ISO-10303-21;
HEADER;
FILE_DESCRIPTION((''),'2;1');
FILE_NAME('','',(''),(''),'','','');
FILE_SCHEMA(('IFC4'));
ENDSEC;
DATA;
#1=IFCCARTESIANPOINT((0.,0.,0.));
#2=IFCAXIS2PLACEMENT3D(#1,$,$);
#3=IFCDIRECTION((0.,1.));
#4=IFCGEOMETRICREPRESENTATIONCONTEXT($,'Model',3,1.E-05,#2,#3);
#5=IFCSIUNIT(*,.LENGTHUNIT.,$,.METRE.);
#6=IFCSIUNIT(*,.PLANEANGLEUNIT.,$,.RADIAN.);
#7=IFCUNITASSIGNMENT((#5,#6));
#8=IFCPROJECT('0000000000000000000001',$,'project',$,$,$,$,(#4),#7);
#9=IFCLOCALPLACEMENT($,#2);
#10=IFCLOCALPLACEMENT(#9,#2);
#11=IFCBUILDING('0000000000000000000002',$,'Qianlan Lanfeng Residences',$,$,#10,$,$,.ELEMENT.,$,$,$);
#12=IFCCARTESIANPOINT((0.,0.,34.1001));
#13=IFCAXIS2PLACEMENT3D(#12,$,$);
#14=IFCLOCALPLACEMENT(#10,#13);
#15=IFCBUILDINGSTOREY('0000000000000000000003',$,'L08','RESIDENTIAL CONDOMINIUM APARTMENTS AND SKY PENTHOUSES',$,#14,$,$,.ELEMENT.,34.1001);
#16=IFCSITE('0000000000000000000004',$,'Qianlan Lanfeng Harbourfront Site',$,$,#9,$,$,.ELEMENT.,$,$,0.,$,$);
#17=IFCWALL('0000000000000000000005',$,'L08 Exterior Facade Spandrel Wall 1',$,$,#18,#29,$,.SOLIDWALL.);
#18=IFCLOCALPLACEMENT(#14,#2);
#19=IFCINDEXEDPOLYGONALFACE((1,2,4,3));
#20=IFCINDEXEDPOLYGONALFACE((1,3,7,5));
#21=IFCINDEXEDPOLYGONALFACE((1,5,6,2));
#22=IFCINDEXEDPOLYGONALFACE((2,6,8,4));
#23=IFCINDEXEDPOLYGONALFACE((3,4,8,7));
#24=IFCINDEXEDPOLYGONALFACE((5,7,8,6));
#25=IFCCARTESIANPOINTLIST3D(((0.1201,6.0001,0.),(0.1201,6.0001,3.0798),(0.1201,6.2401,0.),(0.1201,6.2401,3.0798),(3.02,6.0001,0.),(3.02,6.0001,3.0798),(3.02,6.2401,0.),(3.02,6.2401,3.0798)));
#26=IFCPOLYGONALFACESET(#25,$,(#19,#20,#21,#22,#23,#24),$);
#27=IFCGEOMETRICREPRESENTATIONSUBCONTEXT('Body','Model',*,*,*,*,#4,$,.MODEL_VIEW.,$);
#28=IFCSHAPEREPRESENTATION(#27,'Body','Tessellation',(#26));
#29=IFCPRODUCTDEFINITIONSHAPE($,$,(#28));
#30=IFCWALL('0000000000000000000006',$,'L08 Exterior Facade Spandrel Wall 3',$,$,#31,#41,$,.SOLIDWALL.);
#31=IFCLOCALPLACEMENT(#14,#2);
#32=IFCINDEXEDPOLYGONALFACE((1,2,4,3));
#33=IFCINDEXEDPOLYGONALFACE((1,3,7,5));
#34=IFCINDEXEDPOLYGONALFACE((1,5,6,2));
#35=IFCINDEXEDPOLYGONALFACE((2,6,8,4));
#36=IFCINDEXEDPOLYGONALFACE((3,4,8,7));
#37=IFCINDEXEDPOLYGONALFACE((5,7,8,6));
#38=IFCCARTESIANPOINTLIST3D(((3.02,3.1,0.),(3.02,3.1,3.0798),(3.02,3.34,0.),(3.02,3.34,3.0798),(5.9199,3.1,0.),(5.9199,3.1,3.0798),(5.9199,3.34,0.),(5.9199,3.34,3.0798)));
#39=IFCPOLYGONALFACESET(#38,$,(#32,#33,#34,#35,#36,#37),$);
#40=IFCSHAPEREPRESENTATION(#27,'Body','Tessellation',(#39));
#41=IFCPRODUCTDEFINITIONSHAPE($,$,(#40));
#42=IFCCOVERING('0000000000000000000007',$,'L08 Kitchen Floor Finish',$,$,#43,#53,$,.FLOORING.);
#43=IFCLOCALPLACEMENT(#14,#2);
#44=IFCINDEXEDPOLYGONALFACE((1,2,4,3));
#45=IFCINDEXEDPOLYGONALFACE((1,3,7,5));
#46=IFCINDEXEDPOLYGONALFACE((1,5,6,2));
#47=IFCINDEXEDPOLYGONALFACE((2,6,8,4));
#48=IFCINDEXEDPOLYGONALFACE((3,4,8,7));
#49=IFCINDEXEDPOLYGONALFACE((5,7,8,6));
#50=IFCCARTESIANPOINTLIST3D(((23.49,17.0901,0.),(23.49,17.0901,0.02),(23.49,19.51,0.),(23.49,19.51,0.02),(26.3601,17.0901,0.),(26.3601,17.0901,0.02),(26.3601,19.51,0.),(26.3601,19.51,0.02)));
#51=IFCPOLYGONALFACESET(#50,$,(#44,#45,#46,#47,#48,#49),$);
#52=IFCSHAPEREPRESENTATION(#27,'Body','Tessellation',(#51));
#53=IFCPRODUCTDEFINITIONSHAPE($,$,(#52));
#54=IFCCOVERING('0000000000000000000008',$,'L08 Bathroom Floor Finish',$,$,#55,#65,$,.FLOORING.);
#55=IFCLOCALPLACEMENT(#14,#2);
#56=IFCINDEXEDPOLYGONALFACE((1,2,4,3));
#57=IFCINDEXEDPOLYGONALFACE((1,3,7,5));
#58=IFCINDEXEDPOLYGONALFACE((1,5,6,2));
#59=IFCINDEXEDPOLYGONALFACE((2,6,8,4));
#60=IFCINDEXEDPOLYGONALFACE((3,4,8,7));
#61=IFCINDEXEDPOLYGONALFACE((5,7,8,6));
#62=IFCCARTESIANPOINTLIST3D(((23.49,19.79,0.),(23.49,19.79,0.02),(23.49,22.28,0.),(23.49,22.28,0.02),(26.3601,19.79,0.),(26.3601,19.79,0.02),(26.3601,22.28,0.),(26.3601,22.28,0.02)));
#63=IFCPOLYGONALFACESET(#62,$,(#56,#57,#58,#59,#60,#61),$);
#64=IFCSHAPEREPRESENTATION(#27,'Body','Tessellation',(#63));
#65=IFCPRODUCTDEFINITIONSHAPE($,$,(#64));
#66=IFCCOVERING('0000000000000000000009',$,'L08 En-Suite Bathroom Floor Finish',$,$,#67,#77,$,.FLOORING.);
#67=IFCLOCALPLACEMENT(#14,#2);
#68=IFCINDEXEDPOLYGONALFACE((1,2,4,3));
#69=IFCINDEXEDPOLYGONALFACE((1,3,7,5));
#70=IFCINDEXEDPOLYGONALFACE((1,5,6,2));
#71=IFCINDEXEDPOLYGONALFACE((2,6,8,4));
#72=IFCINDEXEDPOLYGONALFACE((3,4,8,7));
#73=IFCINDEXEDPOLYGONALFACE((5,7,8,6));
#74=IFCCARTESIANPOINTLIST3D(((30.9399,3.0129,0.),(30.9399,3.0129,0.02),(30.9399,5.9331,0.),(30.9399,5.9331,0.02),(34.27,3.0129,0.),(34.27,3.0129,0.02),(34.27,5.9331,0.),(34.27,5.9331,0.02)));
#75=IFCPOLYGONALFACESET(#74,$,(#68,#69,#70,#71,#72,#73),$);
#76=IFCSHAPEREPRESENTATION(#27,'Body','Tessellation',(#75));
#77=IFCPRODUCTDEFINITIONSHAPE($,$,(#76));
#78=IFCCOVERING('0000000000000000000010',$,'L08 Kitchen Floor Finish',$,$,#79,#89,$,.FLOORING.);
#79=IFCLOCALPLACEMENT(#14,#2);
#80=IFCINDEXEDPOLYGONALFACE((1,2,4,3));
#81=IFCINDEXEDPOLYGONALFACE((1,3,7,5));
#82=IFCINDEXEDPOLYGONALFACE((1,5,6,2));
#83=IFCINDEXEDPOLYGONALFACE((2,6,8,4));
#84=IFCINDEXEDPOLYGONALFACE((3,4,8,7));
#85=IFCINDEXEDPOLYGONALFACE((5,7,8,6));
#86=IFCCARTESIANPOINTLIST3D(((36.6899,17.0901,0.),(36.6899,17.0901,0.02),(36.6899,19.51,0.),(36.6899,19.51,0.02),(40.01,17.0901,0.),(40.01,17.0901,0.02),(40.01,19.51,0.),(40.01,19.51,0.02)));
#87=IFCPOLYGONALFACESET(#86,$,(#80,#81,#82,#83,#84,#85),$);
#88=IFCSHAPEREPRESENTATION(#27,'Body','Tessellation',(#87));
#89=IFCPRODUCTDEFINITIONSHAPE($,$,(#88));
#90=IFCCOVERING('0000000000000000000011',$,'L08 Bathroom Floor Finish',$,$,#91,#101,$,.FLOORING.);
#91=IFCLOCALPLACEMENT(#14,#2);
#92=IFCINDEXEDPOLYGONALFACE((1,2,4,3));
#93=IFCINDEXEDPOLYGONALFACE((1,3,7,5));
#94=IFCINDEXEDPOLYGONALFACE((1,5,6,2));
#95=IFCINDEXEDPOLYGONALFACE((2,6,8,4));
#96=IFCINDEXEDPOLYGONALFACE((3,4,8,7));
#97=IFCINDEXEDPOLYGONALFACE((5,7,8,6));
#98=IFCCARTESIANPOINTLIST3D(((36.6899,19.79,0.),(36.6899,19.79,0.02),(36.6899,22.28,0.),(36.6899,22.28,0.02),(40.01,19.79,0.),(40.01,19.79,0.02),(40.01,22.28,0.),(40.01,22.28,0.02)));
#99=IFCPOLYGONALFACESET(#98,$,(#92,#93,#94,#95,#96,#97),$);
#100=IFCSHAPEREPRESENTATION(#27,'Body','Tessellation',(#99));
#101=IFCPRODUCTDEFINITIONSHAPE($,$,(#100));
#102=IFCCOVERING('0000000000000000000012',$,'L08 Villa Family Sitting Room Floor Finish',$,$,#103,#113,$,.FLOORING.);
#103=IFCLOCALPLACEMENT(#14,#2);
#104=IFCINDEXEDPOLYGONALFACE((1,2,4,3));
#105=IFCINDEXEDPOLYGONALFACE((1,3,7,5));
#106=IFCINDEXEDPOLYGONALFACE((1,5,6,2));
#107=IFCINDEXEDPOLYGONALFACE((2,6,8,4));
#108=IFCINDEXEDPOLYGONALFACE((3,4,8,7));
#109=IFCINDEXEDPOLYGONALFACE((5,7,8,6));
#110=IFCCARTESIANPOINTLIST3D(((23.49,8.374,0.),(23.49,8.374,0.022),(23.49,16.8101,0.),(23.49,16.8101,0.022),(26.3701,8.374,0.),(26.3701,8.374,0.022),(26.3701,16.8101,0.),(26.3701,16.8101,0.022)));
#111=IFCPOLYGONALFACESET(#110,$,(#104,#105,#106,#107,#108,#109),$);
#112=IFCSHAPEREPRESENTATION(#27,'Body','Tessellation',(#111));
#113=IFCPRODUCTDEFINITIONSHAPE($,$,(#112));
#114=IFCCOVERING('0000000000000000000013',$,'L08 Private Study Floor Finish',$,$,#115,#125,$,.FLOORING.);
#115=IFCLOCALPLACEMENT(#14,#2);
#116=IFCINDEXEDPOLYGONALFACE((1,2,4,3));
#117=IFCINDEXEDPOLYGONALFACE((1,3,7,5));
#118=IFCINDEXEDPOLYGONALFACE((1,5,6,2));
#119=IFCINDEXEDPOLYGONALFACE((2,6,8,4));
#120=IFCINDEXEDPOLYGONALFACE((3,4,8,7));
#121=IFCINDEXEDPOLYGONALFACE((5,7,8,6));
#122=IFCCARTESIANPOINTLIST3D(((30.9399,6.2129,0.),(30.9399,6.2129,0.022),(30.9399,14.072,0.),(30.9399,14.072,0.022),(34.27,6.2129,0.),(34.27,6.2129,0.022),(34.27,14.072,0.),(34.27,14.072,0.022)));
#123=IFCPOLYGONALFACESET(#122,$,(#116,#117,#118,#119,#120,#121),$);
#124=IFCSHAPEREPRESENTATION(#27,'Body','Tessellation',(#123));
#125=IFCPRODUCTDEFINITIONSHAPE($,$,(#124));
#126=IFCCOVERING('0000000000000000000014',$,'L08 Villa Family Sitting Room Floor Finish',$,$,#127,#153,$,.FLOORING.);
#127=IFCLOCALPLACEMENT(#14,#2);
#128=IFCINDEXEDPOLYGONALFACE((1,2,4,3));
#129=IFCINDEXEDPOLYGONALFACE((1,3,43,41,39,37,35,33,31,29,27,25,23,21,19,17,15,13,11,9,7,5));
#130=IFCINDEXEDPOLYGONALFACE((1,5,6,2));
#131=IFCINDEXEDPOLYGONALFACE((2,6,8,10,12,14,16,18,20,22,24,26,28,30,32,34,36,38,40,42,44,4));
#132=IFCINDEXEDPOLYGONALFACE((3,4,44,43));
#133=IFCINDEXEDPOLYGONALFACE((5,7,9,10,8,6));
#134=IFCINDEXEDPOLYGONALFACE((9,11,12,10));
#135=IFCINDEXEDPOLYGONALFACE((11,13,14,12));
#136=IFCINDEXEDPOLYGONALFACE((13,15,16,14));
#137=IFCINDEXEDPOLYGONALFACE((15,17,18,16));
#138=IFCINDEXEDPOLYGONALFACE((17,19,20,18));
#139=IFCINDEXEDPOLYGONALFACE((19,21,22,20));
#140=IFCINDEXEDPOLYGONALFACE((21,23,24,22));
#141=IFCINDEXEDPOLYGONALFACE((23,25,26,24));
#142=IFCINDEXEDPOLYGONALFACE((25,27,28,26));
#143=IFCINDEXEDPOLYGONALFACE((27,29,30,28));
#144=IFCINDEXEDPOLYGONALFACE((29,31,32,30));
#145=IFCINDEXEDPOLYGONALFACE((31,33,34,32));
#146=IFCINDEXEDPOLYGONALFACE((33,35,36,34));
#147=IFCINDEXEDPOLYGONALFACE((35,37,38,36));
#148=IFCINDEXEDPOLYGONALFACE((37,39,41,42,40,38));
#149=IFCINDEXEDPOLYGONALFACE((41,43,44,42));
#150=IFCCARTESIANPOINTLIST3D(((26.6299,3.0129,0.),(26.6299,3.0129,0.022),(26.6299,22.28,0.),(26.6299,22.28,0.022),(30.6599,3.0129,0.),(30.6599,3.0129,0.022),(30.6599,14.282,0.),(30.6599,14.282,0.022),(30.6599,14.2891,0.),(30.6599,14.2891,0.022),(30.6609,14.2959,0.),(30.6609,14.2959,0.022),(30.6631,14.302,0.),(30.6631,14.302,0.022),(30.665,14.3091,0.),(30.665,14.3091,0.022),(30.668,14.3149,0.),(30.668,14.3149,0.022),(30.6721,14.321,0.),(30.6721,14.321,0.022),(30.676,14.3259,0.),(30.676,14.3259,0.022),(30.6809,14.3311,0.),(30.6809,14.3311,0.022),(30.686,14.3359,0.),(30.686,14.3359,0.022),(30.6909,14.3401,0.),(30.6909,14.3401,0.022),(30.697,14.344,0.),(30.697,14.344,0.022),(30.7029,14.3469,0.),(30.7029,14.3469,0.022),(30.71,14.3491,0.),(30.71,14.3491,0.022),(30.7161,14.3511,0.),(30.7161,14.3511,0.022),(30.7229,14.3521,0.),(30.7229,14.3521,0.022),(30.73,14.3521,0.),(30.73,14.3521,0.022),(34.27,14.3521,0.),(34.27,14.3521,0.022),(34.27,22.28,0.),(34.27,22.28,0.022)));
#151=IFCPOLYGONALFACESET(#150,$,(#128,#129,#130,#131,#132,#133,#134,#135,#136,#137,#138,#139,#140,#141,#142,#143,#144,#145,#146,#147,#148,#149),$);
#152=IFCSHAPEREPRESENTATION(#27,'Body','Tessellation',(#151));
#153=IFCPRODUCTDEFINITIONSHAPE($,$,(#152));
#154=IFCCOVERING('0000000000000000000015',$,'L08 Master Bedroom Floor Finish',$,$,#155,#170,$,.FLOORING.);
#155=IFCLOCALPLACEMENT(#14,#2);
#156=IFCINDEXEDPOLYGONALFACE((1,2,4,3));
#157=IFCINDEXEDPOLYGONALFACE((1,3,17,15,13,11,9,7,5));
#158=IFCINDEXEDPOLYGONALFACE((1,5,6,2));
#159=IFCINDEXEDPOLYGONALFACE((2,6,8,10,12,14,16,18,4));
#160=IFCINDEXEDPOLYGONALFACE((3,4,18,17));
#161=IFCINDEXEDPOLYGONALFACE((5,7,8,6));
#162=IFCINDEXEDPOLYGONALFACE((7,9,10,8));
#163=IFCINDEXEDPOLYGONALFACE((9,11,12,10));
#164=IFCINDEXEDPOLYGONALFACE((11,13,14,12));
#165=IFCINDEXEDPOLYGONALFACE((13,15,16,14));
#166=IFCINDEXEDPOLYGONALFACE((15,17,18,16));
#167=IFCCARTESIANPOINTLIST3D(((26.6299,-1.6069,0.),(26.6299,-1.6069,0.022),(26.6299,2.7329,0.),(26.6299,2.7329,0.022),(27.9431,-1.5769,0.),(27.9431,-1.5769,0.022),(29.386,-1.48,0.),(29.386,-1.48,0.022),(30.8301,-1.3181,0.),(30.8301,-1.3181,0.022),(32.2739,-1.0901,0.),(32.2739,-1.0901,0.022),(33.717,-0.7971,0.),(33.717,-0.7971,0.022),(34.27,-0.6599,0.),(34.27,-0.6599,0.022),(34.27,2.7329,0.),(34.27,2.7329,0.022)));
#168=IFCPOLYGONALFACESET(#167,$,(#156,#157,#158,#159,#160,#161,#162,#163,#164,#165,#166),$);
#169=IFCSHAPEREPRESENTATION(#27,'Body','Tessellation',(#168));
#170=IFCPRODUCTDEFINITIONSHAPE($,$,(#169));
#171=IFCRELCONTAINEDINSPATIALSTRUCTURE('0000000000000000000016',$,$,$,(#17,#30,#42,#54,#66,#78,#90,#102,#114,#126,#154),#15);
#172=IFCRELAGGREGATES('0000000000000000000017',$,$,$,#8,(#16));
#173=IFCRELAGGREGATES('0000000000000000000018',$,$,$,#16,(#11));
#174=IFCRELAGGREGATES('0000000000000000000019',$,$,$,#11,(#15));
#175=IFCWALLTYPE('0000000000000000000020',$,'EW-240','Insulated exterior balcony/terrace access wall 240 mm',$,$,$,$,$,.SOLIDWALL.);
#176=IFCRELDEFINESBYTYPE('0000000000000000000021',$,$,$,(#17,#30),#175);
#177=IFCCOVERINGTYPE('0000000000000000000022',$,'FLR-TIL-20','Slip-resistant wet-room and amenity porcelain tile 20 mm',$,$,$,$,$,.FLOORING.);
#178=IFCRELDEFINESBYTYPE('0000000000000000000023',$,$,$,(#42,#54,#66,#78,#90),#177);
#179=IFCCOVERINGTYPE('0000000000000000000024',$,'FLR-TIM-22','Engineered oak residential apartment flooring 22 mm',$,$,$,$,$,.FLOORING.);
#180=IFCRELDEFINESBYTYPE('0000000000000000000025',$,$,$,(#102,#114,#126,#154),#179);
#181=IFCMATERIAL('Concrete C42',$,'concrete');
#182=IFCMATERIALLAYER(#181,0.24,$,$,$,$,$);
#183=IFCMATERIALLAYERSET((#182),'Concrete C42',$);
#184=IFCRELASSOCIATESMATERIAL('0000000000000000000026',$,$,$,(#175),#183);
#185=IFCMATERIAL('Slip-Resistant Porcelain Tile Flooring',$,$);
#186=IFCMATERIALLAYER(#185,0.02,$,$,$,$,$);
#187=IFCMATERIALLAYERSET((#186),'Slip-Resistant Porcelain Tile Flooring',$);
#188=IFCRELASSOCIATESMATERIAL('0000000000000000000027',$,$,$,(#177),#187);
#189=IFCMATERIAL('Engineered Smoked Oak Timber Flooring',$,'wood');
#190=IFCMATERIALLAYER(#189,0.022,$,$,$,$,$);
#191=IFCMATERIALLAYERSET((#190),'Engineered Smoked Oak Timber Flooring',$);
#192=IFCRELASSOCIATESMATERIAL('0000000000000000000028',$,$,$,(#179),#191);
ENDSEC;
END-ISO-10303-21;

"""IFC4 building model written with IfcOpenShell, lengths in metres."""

from ifc_helpers import new_model, si_unit, direction, frame, frame_2d, origin, place, context, subcontext, project, spatial, polyline, rectangle, outline, extrude, material, layer, layer_set, type_object, element, save


model = new_model("IFC4")

# Units and contexts
model_context = context("Model", 3, precision=1e-05, world=origin(), true_north=direction((0.0, 1.0)))
body_context = subcontext(model_context, "Body", "Model", "MODEL_VIEW")
ifc_project = project(units=[si_unit("LENGTHUNIT", "METRE"), si_unit("PLANEANGLEUNIT", "RADIAN")], contexts=[model_context])

# Site, building, storey
site_placement = place(None, origin())
site = spatial("IfcSite", under=ifc_project, at=site_placement, Name="Qianlan Lanfeng Harbourfront Site", CompositionType="ELEMENT", RefElevation=0.0)
building_placement = place(site_placement, origin())
building = spatial("IfcBuilding", under=site, at=building_placement, Name="Qianlan Lanfeng Residences", CompositionType="ELEMENT")
storey_placement = place(building_placement, frame((0.0, 0.0, 34.1001)))
storey = spatial("IfcBuildingStorey", under=building, at=storey_placement, Name="L08", Description="RESIDENTIAL CONDOMINIUM APARTMENTS AND SKY PENTHOUSES", CompositionType="ELEMENT", Elevation=34.1001)

# Walls
ifc_material_1 = material(Name="Concrete C42", Category="concrete")
ifc_layer_1 = layer(ifc_material_1, 0.24)
ifc_layer_set_1 = layer_set([ifc_layer_1], Name="Concrete C42")
wall_type = type_object("IfcWallType", Name="EW-240", Description="Insulated exterior balcony/terrace access wall 240 mm", PredefinedType="SOLIDWALL", material=ifc_layer_set_1)
for number, where, z_axis, x_axis, name in (
    (1, (0.1201, 6.1201, 0.0), (0.0, 0.0, 1.0), (1.0, 0.0, 0.0), "L08 Exterior Facade Spandrel Wall 1"),
    (2, (3.02, 3.22, 0.0), (0.0, 0.0, 1.0), (1.0, 0.0, 0.0), "L08 Exterior Facade Spandrel Wall 3"),
):
    element("IfcWall", number, at=place(storey_placement, frame(where, z_axis=z_axis, x_axis=x_axis)), inside=storey, type_object=wall_type, Name=name, PredefinedType="SOLIDWALL", context=body_context, shape_type="SweptSolid", body=[
        extrude(rectangle(XDim=2.8999, YDim=0.24, at=frame_2d((1.45, 0.0))), origin(), (0.0, 0.0, 1.0), 3.0798),
    ])

# Coverings
ifc_material_2 = material(Name="Slip-Resistant Porcelain Tile Flooring")
ifc_layer_2 = layer(ifc_material_2, 0.02)
ifc_layer_set_2 = layer_set([ifc_layer_2], Name="Slip-Resistant Porcelain Tile Flooring")
covering_type_1 = type_object("IfcCoveringType", Name="FLR-TIL-20", Description="Slip-resistant wet-room and amenity porcelain tile 20 mm", PredefinedType="FLOORING", material=ifc_layer_set_2)
covering_1_placement = place(storey_placement, origin())
element("IfcCovering", 3, at=covering_1_placement, inside=storey, type_object=covering_type_1, Name="L08 Kitchen Floor Finish", PredefinedType="FLOORING", context=body_context, shape_type="SweptSolid", body=[
    extrude(outline(polyline([(23.49, 17.0901), (26.3601, 17.0901), (26.3601, 19.51), (23.49, 19.51), (23.49, 17.0901)])), origin(), (0.0, 0.0, 1.0), 0.02),
])
covering_2_placement = place(storey_placement, origin())
element("IfcCovering", 4, at=covering_2_placement, inside=storey, type_object=covering_type_1, Name="L08 Bathroom Floor Finish", PredefinedType="FLOORING", context=body_context, shape_type="SweptSolid", body=[
    extrude(outline(polyline([(23.49, 19.79), (26.3601, 19.79), (26.3601, 22.28), (23.49, 22.28), (23.49, 19.79)])), origin(), (0.0, 0.0, 1.0), 0.02),
])
covering_3_placement = place(storey_placement, origin())
element("IfcCovering", 5, at=covering_3_placement, inside=storey, type_object=covering_type_1, Name="L08 En-Suite Bathroom Floor Finish", PredefinedType="FLOORING", context=body_context, shape_type="SweptSolid", body=[
    extrude(outline(polyline([(30.9399, 3.0129), (34.27, 3.0129), (34.27, 5.9331), (30.9399, 5.9331), (30.9399, 3.0129)])), origin(), (0.0, 0.0, 1.0), 0.02),
])
covering_4_placement = place(storey_placement, origin())
element("IfcCovering", 6, at=covering_4_placement, inside=storey, type_object=covering_type_1, Name="L08 Kitchen Floor Finish", PredefinedType="FLOORING", context=body_context, shape_type="SweptSolid", body=[
    extrude(outline(polyline([(36.6899, 17.0901), (40.01, 17.0901), (40.01, 19.51), (36.6899, 19.51), (36.6899, 17.0901)])), origin(), (0.0, 0.0, 1.0), 0.02),
])
covering_5_placement = place(storey_placement, origin())
element("IfcCovering", 7, at=covering_5_placement, inside=storey, type_object=covering_type_1, Name="L08 Bathroom Floor Finish", PredefinedType="FLOORING", context=body_context, shape_type="SweptSolid", body=[
    extrude(outline(polyline([(36.6899, 19.79), (40.01, 19.79), (40.01, 22.28), (36.6899, 22.28), (36.6899, 19.79)])), origin(), (0.0, 0.0, 1.0), 0.02),
])
ifc_material_3 = material(Name="Engineered Smoked Oak Timber Flooring", Category="wood")
ifc_layer_3 = layer(ifc_material_3, 0.022)
ifc_layer_set_3 = layer_set([ifc_layer_3], Name="Engineered Smoked Oak Timber Flooring")
covering_type_2 = type_object("IfcCoveringType", Name="FLR-TIM-22", Description="Engineered oak residential apartment flooring 22 mm", PredefinedType="FLOORING", material=ifc_layer_set_3)
covering_6_placement = place(storey_placement, origin())
element("IfcCovering", 8, at=covering_6_placement, inside=storey, type_object=covering_type_2, Name="L08 Villa Family Sitting Room Floor Finish", PredefinedType="FLOORING", context=body_context, shape_type="SweptSolid", body=[
    extrude(outline(polyline([(23.49, 16.8101), (23.49, 8.374), (26.3701, 8.374), (26.3701, 16.8101), (23.49, 16.8101)])), origin(), (0.0, 0.0, 1.0), 0.022),
])
covering_7_placement = place(storey_placement, origin())
element("IfcCovering", 9, at=covering_7_placement, inside=storey, type_object=covering_type_2, Name="L08 Private Study Floor Finish", PredefinedType="FLOORING", context=body_context, shape_type="SweptSolid", body=[
    extrude(outline(polyline([(30.9399, 6.2129), (34.27, 6.2129), (34.27, 14.072), (30.9399, 14.072), (30.9399, 6.2129)])), origin(), (0.0, 0.0, 1.0), 0.022),
])
covering_8_placement = place(storey_placement, origin())
element("IfcCovering", 10, at=covering_8_placement, inside=storey, type_object=covering_type_2, Name="L08 Villa Family Sitting Room Floor Finish", PredefinedType="FLOORING", context=body_context, shape_type="SweptSolid", body=[
    extrude(outline(polyline([(26.6299, 3.0129), (30.6599, 3.0129), (30.6599, 14.282), (30.6599, 14.2891), (30.6609, 14.2959), (30.6631, 14.302), (30.665, 14.3091), (30.668, 14.3149), (30.6721, 14.321), (30.676, 14.3259), (30.6809, 14.3311), (30.686, 14.3359), (30.6909, 14.3401), (30.697, 14.344), (30.7029, 14.3469), (30.71, 14.3491), (30.7161, 14.3511), (30.7229, 14.3521), (30.73, 14.3521), (34.27, 14.3521), (34.27, 22.28), (26.6299, 22.28), (26.6299, 3.0129)])), origin(), (0.0, 0.0, 1.0), 0.022),
])
covering_9_placement = place(storey_placement, origin())
element("IfcCovering", 11, at=covering_9_placement, inside=storey, type_object=covering_type_2, Name="L08 Master Bedroom Floor Finish", PredefinedType="FLOORING", context=body_context, shape_type="SweptSolid", body=[
    extrude(outline(polyline([(26.6299, 2.7329), (26.6299, -1.6069), (27.9431, -1.5769), (29.386, -1.48), (30.8301, -1.3181), (32.2739, -1.0901), (33.717, -0.7971), (34.27, -0.6599), (34.27, 2.7329), (26.6299, 2.7329)])), origin(), (0.0, 0.0, 1.0), 0.022),
])

save(model, "model.ifc")
